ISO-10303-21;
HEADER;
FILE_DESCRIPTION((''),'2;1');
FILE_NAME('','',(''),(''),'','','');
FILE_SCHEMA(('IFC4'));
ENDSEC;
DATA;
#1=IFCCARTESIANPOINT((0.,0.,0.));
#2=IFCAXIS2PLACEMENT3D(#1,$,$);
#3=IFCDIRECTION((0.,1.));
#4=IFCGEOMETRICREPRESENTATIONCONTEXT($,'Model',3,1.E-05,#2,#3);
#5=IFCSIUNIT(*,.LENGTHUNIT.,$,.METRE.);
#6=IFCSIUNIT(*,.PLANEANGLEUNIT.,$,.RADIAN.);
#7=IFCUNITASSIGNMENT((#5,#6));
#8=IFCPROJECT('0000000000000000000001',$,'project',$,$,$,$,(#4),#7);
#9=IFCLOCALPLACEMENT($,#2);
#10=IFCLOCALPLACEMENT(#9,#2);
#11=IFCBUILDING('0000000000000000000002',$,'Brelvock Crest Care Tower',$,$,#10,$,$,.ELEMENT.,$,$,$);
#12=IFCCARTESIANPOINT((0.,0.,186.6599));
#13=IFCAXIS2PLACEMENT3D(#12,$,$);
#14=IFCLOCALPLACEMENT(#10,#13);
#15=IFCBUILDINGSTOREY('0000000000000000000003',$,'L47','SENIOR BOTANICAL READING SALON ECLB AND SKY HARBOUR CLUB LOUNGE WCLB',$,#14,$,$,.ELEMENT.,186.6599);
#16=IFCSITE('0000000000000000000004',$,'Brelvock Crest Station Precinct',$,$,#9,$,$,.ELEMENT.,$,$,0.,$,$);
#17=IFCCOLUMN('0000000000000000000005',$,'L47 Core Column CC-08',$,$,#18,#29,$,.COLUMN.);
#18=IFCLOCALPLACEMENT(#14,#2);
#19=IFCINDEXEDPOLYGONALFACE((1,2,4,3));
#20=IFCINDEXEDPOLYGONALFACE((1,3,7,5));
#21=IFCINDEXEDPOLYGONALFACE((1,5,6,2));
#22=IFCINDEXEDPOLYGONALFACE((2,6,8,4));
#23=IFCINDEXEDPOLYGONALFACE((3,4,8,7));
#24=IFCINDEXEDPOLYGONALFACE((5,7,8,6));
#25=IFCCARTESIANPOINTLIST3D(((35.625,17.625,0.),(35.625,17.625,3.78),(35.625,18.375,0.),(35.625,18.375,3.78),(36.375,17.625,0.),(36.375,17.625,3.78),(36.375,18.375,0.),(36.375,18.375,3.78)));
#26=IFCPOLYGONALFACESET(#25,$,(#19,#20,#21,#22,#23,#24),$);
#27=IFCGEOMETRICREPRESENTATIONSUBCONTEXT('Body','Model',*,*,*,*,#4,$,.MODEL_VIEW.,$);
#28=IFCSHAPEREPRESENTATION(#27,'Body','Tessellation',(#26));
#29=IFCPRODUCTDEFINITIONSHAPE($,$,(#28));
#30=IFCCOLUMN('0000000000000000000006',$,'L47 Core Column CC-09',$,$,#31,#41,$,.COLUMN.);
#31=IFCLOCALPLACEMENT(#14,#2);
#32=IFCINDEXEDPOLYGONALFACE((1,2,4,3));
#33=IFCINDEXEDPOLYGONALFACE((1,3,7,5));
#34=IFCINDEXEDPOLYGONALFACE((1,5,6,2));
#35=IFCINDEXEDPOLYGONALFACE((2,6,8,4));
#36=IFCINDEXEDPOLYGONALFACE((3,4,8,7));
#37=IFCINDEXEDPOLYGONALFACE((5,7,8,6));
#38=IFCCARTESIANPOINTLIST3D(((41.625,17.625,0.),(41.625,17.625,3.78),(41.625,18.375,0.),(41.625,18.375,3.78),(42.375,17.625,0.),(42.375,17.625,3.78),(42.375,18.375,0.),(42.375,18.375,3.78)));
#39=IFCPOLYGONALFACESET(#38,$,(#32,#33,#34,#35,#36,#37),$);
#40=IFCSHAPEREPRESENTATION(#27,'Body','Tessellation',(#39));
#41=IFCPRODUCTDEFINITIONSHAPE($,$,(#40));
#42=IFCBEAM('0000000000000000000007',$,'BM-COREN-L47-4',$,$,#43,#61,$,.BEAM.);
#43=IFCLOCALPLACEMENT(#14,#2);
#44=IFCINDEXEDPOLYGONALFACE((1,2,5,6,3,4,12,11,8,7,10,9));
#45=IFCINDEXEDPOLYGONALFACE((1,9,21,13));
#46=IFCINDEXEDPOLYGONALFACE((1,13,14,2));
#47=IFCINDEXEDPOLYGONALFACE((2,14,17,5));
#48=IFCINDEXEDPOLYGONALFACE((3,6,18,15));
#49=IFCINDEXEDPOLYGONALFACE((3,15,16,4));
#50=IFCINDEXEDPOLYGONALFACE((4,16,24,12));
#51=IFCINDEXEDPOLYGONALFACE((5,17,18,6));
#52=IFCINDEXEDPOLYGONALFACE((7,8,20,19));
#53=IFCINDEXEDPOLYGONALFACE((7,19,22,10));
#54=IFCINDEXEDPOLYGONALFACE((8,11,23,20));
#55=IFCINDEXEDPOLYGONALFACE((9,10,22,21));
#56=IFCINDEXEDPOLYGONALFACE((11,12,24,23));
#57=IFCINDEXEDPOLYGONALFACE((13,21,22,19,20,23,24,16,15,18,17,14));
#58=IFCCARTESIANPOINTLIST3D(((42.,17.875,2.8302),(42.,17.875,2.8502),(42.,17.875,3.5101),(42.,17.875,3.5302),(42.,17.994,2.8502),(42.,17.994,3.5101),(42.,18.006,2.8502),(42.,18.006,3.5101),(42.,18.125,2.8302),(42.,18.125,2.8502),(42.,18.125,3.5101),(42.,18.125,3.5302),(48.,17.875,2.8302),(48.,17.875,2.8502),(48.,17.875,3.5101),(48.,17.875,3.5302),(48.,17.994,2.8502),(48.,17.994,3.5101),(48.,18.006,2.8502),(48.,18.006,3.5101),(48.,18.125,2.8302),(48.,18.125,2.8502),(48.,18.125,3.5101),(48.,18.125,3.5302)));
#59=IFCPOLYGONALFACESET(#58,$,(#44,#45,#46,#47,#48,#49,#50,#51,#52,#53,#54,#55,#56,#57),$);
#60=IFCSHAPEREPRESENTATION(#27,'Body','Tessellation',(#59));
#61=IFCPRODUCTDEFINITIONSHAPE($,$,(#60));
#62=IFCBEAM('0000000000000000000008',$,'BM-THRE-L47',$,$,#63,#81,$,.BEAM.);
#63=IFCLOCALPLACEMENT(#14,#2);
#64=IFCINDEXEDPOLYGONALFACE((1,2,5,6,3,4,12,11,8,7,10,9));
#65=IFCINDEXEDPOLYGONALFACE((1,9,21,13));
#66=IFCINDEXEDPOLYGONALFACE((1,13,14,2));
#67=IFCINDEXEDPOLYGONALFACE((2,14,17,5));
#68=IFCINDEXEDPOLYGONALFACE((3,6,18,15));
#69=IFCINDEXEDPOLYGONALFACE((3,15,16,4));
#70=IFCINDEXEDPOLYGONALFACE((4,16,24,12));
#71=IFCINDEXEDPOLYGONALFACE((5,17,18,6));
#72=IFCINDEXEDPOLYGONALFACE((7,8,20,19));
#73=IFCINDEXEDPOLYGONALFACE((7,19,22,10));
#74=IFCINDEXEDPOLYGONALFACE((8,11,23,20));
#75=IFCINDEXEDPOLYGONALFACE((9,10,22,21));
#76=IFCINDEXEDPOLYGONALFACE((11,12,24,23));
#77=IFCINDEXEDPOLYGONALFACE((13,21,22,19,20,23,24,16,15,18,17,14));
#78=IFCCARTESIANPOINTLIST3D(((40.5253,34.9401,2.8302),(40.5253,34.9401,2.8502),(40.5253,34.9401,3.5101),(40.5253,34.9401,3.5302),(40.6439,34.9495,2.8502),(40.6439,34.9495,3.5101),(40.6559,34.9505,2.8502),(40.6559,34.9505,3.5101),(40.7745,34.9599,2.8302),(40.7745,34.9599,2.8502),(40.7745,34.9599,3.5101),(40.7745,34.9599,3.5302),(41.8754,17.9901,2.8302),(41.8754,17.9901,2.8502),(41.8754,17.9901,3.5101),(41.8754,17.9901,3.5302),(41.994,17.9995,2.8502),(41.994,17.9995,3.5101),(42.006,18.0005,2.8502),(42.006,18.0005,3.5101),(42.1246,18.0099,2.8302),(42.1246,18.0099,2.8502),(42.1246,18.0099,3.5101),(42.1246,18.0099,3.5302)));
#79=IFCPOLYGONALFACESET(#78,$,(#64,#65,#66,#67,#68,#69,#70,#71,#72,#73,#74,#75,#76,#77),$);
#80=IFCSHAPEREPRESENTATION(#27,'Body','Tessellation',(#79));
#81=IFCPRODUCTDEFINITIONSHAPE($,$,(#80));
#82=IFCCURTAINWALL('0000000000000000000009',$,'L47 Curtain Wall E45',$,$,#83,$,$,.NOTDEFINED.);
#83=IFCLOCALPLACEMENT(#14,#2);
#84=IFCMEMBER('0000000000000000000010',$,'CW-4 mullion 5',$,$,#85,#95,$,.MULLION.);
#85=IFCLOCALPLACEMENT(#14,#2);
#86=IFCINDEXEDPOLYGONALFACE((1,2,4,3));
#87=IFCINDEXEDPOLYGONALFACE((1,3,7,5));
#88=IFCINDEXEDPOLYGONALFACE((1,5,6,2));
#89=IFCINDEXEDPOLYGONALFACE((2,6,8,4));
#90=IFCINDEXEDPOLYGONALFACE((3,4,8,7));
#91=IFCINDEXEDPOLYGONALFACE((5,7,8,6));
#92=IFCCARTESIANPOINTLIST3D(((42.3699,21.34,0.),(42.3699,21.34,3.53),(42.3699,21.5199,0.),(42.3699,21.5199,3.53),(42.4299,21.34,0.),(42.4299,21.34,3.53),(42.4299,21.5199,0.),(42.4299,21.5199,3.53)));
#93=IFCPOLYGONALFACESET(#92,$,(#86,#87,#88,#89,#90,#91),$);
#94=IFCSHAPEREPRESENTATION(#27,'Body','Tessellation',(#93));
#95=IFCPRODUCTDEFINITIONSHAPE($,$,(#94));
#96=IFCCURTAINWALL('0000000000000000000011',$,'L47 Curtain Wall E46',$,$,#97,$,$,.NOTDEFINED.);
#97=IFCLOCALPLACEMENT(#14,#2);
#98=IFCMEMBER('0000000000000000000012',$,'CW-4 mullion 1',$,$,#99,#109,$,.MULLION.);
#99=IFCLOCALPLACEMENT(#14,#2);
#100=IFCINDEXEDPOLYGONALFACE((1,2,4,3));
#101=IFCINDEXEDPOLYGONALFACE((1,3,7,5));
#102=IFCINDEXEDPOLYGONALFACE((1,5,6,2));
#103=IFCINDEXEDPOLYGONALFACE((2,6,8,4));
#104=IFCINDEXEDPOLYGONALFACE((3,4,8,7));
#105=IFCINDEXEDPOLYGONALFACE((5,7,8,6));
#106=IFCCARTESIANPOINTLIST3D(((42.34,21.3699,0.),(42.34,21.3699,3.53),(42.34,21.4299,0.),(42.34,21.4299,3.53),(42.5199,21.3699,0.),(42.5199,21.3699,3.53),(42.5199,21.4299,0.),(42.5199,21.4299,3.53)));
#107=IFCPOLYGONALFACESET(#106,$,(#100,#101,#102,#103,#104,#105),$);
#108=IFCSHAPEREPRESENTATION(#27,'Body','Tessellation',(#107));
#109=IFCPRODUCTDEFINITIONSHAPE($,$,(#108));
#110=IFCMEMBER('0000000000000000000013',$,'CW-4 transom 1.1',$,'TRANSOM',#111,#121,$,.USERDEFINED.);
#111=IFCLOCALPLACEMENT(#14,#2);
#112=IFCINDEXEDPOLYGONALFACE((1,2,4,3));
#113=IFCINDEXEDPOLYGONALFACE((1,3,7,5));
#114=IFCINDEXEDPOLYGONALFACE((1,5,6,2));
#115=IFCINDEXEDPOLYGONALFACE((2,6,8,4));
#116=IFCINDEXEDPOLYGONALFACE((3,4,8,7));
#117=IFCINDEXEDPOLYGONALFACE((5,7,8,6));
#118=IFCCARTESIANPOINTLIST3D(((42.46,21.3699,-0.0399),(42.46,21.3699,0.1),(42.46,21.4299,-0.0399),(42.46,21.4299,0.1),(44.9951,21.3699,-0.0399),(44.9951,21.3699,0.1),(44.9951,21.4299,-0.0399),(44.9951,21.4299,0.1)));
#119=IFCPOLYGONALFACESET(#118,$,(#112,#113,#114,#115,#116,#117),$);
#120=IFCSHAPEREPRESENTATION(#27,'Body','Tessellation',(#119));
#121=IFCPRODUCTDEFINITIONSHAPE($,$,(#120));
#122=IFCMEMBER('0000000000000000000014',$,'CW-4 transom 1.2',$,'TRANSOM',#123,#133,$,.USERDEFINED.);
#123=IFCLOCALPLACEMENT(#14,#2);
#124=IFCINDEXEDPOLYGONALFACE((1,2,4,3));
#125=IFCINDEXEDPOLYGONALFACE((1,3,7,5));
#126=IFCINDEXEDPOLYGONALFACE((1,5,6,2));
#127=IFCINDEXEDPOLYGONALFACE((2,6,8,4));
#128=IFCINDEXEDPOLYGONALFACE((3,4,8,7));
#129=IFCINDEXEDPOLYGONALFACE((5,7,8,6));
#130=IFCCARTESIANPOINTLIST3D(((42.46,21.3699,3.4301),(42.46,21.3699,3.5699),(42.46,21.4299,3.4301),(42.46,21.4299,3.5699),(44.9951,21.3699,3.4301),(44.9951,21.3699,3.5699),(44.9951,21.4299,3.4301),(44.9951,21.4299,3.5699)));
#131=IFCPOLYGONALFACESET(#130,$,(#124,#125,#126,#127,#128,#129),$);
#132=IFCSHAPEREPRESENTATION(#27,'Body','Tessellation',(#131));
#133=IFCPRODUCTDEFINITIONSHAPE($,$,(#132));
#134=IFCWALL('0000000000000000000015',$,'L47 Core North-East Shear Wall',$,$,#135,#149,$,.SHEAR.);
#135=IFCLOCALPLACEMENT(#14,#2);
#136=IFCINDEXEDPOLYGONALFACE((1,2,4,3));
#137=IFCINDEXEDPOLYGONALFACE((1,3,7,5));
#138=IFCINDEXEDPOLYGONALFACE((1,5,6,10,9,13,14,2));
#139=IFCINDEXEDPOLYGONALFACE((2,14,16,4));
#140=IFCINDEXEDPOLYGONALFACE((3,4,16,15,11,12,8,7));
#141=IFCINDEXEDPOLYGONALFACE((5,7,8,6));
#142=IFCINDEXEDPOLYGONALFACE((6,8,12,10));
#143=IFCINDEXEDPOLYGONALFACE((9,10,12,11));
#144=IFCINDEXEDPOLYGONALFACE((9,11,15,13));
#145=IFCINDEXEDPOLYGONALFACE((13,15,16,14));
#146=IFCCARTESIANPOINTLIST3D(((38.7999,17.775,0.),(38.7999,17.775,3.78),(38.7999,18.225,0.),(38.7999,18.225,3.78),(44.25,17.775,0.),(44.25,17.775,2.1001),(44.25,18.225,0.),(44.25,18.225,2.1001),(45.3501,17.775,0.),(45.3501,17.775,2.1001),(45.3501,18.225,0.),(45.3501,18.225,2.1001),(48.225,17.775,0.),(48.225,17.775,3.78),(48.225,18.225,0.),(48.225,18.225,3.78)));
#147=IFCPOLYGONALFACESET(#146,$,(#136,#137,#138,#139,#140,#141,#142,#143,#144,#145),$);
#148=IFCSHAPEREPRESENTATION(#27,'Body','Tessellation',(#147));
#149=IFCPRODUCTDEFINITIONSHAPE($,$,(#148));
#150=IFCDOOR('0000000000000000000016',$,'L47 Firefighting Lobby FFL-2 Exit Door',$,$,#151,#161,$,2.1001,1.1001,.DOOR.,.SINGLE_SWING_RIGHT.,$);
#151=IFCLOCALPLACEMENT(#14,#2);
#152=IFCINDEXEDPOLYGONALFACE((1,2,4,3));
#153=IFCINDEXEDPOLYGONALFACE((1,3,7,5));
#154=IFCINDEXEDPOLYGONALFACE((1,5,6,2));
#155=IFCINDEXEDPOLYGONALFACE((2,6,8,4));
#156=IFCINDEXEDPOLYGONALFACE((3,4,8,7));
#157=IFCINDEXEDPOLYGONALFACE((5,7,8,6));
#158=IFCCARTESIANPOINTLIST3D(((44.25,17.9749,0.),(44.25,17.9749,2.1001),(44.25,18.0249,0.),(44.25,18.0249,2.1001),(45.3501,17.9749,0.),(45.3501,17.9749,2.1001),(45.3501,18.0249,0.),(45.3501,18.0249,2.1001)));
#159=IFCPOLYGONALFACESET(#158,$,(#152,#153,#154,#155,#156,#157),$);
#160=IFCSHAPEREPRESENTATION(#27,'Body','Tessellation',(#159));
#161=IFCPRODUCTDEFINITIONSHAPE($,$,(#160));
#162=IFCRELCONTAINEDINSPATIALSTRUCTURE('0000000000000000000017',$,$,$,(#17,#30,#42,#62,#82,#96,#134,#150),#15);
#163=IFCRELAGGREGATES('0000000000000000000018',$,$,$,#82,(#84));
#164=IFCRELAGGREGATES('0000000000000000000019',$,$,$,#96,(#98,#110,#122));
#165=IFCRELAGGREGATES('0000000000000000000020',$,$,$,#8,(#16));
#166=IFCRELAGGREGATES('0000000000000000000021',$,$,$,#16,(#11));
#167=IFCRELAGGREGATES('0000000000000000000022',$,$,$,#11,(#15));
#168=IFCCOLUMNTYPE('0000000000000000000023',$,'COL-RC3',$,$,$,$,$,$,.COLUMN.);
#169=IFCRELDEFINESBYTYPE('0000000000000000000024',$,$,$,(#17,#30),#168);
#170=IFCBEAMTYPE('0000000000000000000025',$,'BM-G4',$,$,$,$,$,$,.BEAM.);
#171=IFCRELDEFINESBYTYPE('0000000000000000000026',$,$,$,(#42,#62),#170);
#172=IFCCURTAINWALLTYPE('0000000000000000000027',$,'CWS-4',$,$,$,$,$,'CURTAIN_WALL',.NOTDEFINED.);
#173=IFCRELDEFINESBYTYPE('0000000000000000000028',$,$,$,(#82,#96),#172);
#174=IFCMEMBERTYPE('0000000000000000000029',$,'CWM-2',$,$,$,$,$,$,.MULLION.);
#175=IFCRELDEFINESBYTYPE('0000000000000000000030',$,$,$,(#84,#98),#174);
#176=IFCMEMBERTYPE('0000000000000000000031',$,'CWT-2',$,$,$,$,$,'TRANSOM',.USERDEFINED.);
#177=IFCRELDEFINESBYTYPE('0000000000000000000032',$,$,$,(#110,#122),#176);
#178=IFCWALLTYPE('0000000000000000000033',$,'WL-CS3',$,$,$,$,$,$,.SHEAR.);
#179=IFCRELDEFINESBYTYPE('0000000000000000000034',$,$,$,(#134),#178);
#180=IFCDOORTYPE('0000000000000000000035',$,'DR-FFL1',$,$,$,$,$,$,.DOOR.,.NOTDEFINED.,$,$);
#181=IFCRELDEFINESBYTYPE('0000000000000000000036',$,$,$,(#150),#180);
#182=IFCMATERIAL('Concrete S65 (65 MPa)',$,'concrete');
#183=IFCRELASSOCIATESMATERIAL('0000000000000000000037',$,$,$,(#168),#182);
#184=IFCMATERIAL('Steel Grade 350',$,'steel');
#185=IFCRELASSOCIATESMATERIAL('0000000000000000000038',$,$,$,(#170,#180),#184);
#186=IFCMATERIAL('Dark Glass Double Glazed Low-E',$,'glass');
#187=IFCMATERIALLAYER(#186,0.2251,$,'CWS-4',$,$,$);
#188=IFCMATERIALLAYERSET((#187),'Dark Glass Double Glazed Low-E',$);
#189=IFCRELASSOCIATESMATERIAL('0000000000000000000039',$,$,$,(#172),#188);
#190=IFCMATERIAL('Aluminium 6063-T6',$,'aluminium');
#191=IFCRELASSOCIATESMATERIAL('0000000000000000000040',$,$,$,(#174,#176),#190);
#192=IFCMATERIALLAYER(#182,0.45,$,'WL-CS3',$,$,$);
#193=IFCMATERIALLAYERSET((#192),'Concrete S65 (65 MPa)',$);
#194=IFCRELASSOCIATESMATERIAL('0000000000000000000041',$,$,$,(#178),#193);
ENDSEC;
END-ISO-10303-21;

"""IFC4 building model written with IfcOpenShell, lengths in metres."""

from ifc_helpers import new_model, si_unit, direction, frame, frame_2d, origin, origin_2d, place, context, subcontext, project, spatial, rectangle, i_section, extrude, source, transform, mapped, material, layer, layer_set, material_profile, profile_set, type_object, element, fill, aggregate, save


model = new_model("IFC4")

# Units and contexts
model_context = context("Model", 3, precision=1e-05, world=origin(), true_north=direction((0.0, 1.0)))
body_context = subcontext(model_context, "Body", "Model", "MODEL_VIEW")
ifc_project = project(units=[si_unit("LENGTHUNIT", "METRE"), si_unit("PLANEANGLEUNIT", "RADIAN")], contexts=[model_context])

# Site, building, storey
site_placement = place(None, origin())
site = spatial("IfcSite", under=ifc_project, at=site_placement, Name="Brelvock Crest Station Precinct", CompositionType="ELEMENT", RefElevation=0.0)
building_placement = place(site_placement, origin())
building = spatial("IfcBuilding", under=site, at=building_placement, Name="Brelvock Crest Care Tower", CompositionType="ELEMENT")
storey_placement = place(building_placement, frame((0.0, 0.0, 186.6599)))
storey = spatial("IfcBuildingStorey", under=building, at=storey_placement, Name="L47", Description="SENIOR BOTANICAL READING SALON ECLB AND SKY HARBOUR CLUB LOUNGE WCLB", CompositionType="ELEMENT", Elevation=186.6599)

# Columns
ifc_material_1 = material(Name="Concrete S65 (65 MPa)", Category="concrete")
ifc_material_profile_1 = material_profile(ifc_material_1, rectangle(XDim=0.75, YDim=0.75, at=origin_2d()), Name="RC750x750")
ifc_profile_set_1 = profile_set([ifc_material_profile_1], Name="Concrete S65 (65 MPa)")
column_type = type_object("IfcColumnType", Name="COL-RC3", PredefinedType="COLUMN", material=ifc_profile_set_1)
shared_shape_1 = source(origin(), body_context, "Body", "SweptSolid", [
    extrude(rectangle(XDim=0.75, YDim=0.75, at=origin_2d()), origin(), (0.0, 0.0, 1.0), 3.78),
])
for number, where, z_axis, x_axis, name in (
    (1, (36.0, 18.0, 0.0), (0.0, 0.0, 1.0), (1.0, 0.0, 0.0), "L47 Core Column CC-08"),
    (2, (42.0, 18.0, 0.0), (0.0, 0.0, 1.0), (1.0, 0.0, 0.0), "L47 Core Column CC-09"),
):
    element("IfcColumn", number, at=place(storey_placement, frame(where, z_axis=z_axis, x_axis=x_axis)), inside=storey, type_object=column_type, Name=name, PredefinedType="COLUMN", context=body_context, shape_type="MappedRepresentation", body=[
        mapped(shared_shape_1, transform((0.0, 0.0, 0.0), x_axis=(1.0, 0.0, 0.0), y_axis=(0.0, 1.0, 0.0), z_axis=(0.0, 0.0, 1.0), scale=1.0)),
    ])

# Beams
ifc_material_2 = material(Name="Steel Grade 350", Category="steel")
ifc_material_profile_2 = material_profile(ifc_material_2, i_section(OverallWidth=0.25, OverallDepth=0.7, WebThickness=0.012, FlangeThickness=0.02, at=origin_2d()), Name="700WB150")
ifc_profile_set_2 = profile_set([ifc_material_profile_2], Name="Steel Grade 350")
beam_type = type_object("IfcBeamType", Name="BM-G4", PredefinedType="BEAM", material=ifc_profile_set_2)
shared_shape_2 = source(origin(), body_context, "Body", "SweptSolid", [
    extrude(i_section(OverallWidth=0.25, OverallDepth=0.7, WebThickness=0.012, FlangeThickness=0.02, at=origin_2d()), origin(), (0.0, 0.0, 1.0), 6.0),
])
beam_1_placement = place(storey_placement, frame((42.0, 18.0, 3.1802), z_axis=(1.0, 0.0, 0.0), x_axis=(0.0, 1.0, 0.0)))
element("IfcBeam", 3, at=beam_1_placement, inside=storey, type_object=beam_type, Name="BM-COREN-L47-4", PredefinedType="BEAM", context=body_context, shape_type="MappedRepresentation", body=[
    mapped(shared_shape_2, transform((0.0, 0.0, 0.0), x_axis=(1.0, 0.0, 0.0), y_axis=(0.0, 1.0, 0.0), z_axis=(0.0, 0.0, 1.0), scale=1.0)),
])
shared_shape_3 = source(origin(), body_context, "Body", "SweptSolid", [
    extrude(i_section(OverallWidth=0.25, OverallDepth=0.7, WebThickness=0.012, FlangeThickness=0.02, at=origin_2d()), origin(), (0.0, 0.0, 1.0), 17.0037),
])
beam_2_placement = place(storey_placement, frame((42.0, 18.0, 3.1802), z_axis=(-0.079401, 0.996843, 0.0), x_axis=(-0.996843, -0.079401, 0.0)))
element("IfcBeam", 4, at=beam_2_placement, inside=storey, type_object=beam_type, Name="BM-THRE-L47", PredefinedType="BEAM", context=body_context, shape_type="MappedRepresentation", body=[
    mapped(shared_shape_3, transform((0.0, 0.0, 0.0), x_axis=(1.0, 0.0, 0.0), y_axis=(0.0, 1.0, 0.0), z_axis=(0.0, 0.0, 1.0), scale=1.0)),
])

# Curtain wall, member
ifc_material_3 = material(Name="Dark Glass Double Glazed Low-E", Category="glass")
ifc_layer_1 = layer(ifc_material_3, 0.2251, Name="CWS-4")
ifc_layer_set_1 = layer_set([ifc_layer_1], Name="Dark Glass Double Glazed Low-E")
curtain_wall_type = type_object("IfcCurtainWallType", Name="CWS-4", ElementType="CURTAIN_WALL", PredefinedType="NOTDEFINED", material=ifc_layer_set_1)
curtain_wall_1_placement = place(storey_placement, origin())
curtain_wall_1 = element("IfcCurtainWall", 5, at=curtain_wall_1_placement, inside=storey, type_object=curtain_wall_type, Name="L47 Curtain Wall E45", PredefinedType="NOTDEFINED")
ifc_material_4 = material(Name="Aluminium 6063-T6", Category="aluminium")
ifc_material_profile_3 = material_profile(ifc_material_4, rectangle(XDim=0.0601, YDim=0.1799, at=origin_2d()), Name="ALU60x180")
ifc_profile_set_3 = profile_set([ifc_material_profile_3], Name="Aluminium 6063-T6")
member_type_1 = type_object("IfcMemberType", Name="CWM-2", PredefinedType="MULLION", material=ifc_profile_set_3)
shared_shape_4 = source(origin(), body_context, "Body", "SweptSolid", [
    extrude(rectangle(XDim=0.0601, YDim=0.1799, at=origin_2d()), origin(), (0.0, 0.0, 1.0), 3.53),
])
member_1_placement = place(storey_placement, frame((42.3999, 21.4299, 0.0), z_axis=(0.0, 0.0, 1.0), x_axis=(1.0, 0.0, 0.0)))
member_1 = element("IfcMember", 6, at=member_1_placement, type_object=member_type_1, Name="CW-4 mullion 5", PredefinedType="MULLION", context=body_context, shape_type="MappedRepresentation", body=[
    mapped(shared_shape_4, transform((0.0, 0.0, 0.0), x_axis=(1.0, 0.0, 0.0), y_axis=(0.0, 1.0, 0.0), z_axis=(0.0, 0.0, 1.0), scale=1.0)),
])
aggregate(curtain_wall_1, [member_1])

# Curtain wall, members
curtain_wall_2_placement = place(storey_placement, origin())
curtain_wall_2 = element("IfcCurtainWall", 7, at=curtain_wall_2_placement, inside=storey, type_object=curtain_wall_type, Name="L47 Curtain Wall E46", PredefinedType="NOTDEFINED")
member_2_placement = place(storey_placement, frame((42.4299, 21.3999, 0.0), z_axis=(0.0, 0.0, 1.0), x_axis=(0.0, 1.0, 0.0)))
member_2 = element("IfcMember", 8, at=member_2_placement, type_object=member_type_1, Name="CW-4 mullion 1", PredefinedType="MULLION", context=body_context, shape_type="MappedRepresentation", body=[
    mapped(shared_shape_4, transform((0.0, 0.0, 0.0), x_axis=(1.0, 0.0, 0.0), y_axis=(0.0, 1.0, 0.0), z_axis=(0.0, 0.0, 1.0), scale=1.0)),
])
ifc_material_profile_4 = material_profile(ifc_material_4, rectangle(XDim=0.0601, YDim=0.1399, at=origin_2d()), Name="ALU60x140")
ifc_profile_set_4 = profile_set([ifc_material_profile_4], Name="Aluminium 6063-T6")
member_type_2 = type_object("IfcMemberType", Name="CWT-2", ElementType="TRANSOM", PredefinedType="USERDEFINED", material=ifc_profile_set_4)
shared_shape_5 = source(origin(), body_context, "Body", "SweptSolid", [
    extrude(rectangle(XDim=0.0601, YDim=0.1399, at=origin_2d()), origin(), (0.0, 0.0, 1.0), 2.5352),
])
member_3_placement = place(storey_placement, frame((42.46, 21.3999, 0.03), z_axis=(1.0, 0.0, 0.0), x_axis=(0.0, 1.0, 0.0)))
member_3 = element("IfcMember", 9, at=member_3_placement, type_object=member_type_2, Name="CW-4 transom 1.1", ObjectType="TRANSOM", PredefinedType="USERDEFINED", context=body_context, shape_type="MappedRepresentation", body=[
    mapped(shared_shape_5, transform((0.0, 0.0, 0.0), x_axis=(1.0, 0.0, 0.0), y_axis=(0.0, 1.0, 0.0), z_axis=(0.0, 0.0, 1.0), scale=1.0)),
])
member_4_placement = place(storey_placement, frame((42.46, 21.3999, 3.5), z_axis=(1.0, 0.0, 0.0), x_axis=(0.0, 1.0, 0.0)))
member_4 = element("IfcMember", 10, at=member_4_placement, type_object=member_type_2, Name="CW-4 transom 1.2", ObjectType="TRANSOM", PredefinedType="USERDEFINED", context=body_context, shape_type="MappedRepresentation", body=[
    mapped(shared_shape_5, transform((0.0, 0.0, 0.0), x_axis=(1.0, 0.0, 0.0), y_axis=(0.0, 1.0, 0.0), z_axis=(0.0, 0.0, 1.0), scale=1.0)),
])
aggregate(curtain_wall_2, [member_2, member_3, member_4])

# Wall, opening, door
ifc_layer_2 = layer(ifc_material_1, 0.45, Name="WL-CS3")
ifc_layer_set_2 = layer_set([ifc_layer_2], Name="Concrete S65 (65 MPa)")
wall_type_1 = type_object("IfcWallType", Name="WL-CS3", PredefinedType="SHEAR", material=ifc_layer_set_2)
wall_1_placement = place(storey_placement, frame((38.8, 18.0, 0.0), z_axis=(0.0, 0.0, 1.0), x_axis=(1.0, 0.0, 0.0)))
wall_1 = element("IfcWall", 11, at=wall_1_placement, inside=storey, type_object=wall_type_1, Name="L47 Core North-East Shear Wall", PredefinedType="SHEAR", context=body_context, shape_type="SweptSolid", body=[
    extrude(rectangle(XDim=9.425, YDim=0.45, at=frame_2d((4.7124, 0.0))), origin(), (0.0, 0.0, 1.0), 3.78),
])
opening_1_placement = place(wall_1_placement, frame((5.45, 0.0, 0.0)))
opening_1 = element("IfcOpeningElement", 12, at=opening_1_placement, cuts=wall_1, PredefinedType="OPENING", context=body_context, shape_type="SweptSolid", body=[
    extrude(rectangle(XDim=1.1001, YDim=2.1001, at=origin_2d()), frame((0.55, 0.2349, 1.05), z_axis=(0.0, -1.0, 0.0), x_axis=(1.0, 0.0, 0.0)), (0.0, 0.0, 1.0), 0.47),
])
door_type_1 = type_object("IfcDoorType", Name="DR-FFL1", OperationType="NOTDEFINED", PredefinedType="DOOR", material=ifc_material_2)
shared_shape_6 = source(origin(), body_context, "Body", "SweptSolid", [
    extrude(rectangle(XDim=1.1001, YDim=2.1001, at=origin_2d()), frame((0.55, 0.0249, 1.05), z_axis=(0.0, -1.0, 0.0), x_axis=(1.0, 0.0, 0.0)), (0.0, 0.0, 1.0), 0.05),
])
door_1_placement = place(opening_1_placement, origin())
door_1 = element("IfcDoor", 13, at=door_1_placement, inside=storey, type_object=door_type_1, Name="L47 Firefighting Lobby FFL-2 Exit Door", OperationType="SINGLE_SWING_RIGHT", OverallHeight=2.1001, OverallWidth=1.1001, PredefinedType="DOOR", context=body_context, shape_type="MappedRepresentation", body=[
    mapped(shared_shape_6, transform((0.0, 0.0, 0.0), x_axis=(1.0, 0.0, 0.0), y_axis=(0.0, 1.0, 0.0), z_axis=(0.0, 0.0, 1.0), scale=1.0)),
])
fill(opening_1, door_1)

save(model, "model.ifc")
